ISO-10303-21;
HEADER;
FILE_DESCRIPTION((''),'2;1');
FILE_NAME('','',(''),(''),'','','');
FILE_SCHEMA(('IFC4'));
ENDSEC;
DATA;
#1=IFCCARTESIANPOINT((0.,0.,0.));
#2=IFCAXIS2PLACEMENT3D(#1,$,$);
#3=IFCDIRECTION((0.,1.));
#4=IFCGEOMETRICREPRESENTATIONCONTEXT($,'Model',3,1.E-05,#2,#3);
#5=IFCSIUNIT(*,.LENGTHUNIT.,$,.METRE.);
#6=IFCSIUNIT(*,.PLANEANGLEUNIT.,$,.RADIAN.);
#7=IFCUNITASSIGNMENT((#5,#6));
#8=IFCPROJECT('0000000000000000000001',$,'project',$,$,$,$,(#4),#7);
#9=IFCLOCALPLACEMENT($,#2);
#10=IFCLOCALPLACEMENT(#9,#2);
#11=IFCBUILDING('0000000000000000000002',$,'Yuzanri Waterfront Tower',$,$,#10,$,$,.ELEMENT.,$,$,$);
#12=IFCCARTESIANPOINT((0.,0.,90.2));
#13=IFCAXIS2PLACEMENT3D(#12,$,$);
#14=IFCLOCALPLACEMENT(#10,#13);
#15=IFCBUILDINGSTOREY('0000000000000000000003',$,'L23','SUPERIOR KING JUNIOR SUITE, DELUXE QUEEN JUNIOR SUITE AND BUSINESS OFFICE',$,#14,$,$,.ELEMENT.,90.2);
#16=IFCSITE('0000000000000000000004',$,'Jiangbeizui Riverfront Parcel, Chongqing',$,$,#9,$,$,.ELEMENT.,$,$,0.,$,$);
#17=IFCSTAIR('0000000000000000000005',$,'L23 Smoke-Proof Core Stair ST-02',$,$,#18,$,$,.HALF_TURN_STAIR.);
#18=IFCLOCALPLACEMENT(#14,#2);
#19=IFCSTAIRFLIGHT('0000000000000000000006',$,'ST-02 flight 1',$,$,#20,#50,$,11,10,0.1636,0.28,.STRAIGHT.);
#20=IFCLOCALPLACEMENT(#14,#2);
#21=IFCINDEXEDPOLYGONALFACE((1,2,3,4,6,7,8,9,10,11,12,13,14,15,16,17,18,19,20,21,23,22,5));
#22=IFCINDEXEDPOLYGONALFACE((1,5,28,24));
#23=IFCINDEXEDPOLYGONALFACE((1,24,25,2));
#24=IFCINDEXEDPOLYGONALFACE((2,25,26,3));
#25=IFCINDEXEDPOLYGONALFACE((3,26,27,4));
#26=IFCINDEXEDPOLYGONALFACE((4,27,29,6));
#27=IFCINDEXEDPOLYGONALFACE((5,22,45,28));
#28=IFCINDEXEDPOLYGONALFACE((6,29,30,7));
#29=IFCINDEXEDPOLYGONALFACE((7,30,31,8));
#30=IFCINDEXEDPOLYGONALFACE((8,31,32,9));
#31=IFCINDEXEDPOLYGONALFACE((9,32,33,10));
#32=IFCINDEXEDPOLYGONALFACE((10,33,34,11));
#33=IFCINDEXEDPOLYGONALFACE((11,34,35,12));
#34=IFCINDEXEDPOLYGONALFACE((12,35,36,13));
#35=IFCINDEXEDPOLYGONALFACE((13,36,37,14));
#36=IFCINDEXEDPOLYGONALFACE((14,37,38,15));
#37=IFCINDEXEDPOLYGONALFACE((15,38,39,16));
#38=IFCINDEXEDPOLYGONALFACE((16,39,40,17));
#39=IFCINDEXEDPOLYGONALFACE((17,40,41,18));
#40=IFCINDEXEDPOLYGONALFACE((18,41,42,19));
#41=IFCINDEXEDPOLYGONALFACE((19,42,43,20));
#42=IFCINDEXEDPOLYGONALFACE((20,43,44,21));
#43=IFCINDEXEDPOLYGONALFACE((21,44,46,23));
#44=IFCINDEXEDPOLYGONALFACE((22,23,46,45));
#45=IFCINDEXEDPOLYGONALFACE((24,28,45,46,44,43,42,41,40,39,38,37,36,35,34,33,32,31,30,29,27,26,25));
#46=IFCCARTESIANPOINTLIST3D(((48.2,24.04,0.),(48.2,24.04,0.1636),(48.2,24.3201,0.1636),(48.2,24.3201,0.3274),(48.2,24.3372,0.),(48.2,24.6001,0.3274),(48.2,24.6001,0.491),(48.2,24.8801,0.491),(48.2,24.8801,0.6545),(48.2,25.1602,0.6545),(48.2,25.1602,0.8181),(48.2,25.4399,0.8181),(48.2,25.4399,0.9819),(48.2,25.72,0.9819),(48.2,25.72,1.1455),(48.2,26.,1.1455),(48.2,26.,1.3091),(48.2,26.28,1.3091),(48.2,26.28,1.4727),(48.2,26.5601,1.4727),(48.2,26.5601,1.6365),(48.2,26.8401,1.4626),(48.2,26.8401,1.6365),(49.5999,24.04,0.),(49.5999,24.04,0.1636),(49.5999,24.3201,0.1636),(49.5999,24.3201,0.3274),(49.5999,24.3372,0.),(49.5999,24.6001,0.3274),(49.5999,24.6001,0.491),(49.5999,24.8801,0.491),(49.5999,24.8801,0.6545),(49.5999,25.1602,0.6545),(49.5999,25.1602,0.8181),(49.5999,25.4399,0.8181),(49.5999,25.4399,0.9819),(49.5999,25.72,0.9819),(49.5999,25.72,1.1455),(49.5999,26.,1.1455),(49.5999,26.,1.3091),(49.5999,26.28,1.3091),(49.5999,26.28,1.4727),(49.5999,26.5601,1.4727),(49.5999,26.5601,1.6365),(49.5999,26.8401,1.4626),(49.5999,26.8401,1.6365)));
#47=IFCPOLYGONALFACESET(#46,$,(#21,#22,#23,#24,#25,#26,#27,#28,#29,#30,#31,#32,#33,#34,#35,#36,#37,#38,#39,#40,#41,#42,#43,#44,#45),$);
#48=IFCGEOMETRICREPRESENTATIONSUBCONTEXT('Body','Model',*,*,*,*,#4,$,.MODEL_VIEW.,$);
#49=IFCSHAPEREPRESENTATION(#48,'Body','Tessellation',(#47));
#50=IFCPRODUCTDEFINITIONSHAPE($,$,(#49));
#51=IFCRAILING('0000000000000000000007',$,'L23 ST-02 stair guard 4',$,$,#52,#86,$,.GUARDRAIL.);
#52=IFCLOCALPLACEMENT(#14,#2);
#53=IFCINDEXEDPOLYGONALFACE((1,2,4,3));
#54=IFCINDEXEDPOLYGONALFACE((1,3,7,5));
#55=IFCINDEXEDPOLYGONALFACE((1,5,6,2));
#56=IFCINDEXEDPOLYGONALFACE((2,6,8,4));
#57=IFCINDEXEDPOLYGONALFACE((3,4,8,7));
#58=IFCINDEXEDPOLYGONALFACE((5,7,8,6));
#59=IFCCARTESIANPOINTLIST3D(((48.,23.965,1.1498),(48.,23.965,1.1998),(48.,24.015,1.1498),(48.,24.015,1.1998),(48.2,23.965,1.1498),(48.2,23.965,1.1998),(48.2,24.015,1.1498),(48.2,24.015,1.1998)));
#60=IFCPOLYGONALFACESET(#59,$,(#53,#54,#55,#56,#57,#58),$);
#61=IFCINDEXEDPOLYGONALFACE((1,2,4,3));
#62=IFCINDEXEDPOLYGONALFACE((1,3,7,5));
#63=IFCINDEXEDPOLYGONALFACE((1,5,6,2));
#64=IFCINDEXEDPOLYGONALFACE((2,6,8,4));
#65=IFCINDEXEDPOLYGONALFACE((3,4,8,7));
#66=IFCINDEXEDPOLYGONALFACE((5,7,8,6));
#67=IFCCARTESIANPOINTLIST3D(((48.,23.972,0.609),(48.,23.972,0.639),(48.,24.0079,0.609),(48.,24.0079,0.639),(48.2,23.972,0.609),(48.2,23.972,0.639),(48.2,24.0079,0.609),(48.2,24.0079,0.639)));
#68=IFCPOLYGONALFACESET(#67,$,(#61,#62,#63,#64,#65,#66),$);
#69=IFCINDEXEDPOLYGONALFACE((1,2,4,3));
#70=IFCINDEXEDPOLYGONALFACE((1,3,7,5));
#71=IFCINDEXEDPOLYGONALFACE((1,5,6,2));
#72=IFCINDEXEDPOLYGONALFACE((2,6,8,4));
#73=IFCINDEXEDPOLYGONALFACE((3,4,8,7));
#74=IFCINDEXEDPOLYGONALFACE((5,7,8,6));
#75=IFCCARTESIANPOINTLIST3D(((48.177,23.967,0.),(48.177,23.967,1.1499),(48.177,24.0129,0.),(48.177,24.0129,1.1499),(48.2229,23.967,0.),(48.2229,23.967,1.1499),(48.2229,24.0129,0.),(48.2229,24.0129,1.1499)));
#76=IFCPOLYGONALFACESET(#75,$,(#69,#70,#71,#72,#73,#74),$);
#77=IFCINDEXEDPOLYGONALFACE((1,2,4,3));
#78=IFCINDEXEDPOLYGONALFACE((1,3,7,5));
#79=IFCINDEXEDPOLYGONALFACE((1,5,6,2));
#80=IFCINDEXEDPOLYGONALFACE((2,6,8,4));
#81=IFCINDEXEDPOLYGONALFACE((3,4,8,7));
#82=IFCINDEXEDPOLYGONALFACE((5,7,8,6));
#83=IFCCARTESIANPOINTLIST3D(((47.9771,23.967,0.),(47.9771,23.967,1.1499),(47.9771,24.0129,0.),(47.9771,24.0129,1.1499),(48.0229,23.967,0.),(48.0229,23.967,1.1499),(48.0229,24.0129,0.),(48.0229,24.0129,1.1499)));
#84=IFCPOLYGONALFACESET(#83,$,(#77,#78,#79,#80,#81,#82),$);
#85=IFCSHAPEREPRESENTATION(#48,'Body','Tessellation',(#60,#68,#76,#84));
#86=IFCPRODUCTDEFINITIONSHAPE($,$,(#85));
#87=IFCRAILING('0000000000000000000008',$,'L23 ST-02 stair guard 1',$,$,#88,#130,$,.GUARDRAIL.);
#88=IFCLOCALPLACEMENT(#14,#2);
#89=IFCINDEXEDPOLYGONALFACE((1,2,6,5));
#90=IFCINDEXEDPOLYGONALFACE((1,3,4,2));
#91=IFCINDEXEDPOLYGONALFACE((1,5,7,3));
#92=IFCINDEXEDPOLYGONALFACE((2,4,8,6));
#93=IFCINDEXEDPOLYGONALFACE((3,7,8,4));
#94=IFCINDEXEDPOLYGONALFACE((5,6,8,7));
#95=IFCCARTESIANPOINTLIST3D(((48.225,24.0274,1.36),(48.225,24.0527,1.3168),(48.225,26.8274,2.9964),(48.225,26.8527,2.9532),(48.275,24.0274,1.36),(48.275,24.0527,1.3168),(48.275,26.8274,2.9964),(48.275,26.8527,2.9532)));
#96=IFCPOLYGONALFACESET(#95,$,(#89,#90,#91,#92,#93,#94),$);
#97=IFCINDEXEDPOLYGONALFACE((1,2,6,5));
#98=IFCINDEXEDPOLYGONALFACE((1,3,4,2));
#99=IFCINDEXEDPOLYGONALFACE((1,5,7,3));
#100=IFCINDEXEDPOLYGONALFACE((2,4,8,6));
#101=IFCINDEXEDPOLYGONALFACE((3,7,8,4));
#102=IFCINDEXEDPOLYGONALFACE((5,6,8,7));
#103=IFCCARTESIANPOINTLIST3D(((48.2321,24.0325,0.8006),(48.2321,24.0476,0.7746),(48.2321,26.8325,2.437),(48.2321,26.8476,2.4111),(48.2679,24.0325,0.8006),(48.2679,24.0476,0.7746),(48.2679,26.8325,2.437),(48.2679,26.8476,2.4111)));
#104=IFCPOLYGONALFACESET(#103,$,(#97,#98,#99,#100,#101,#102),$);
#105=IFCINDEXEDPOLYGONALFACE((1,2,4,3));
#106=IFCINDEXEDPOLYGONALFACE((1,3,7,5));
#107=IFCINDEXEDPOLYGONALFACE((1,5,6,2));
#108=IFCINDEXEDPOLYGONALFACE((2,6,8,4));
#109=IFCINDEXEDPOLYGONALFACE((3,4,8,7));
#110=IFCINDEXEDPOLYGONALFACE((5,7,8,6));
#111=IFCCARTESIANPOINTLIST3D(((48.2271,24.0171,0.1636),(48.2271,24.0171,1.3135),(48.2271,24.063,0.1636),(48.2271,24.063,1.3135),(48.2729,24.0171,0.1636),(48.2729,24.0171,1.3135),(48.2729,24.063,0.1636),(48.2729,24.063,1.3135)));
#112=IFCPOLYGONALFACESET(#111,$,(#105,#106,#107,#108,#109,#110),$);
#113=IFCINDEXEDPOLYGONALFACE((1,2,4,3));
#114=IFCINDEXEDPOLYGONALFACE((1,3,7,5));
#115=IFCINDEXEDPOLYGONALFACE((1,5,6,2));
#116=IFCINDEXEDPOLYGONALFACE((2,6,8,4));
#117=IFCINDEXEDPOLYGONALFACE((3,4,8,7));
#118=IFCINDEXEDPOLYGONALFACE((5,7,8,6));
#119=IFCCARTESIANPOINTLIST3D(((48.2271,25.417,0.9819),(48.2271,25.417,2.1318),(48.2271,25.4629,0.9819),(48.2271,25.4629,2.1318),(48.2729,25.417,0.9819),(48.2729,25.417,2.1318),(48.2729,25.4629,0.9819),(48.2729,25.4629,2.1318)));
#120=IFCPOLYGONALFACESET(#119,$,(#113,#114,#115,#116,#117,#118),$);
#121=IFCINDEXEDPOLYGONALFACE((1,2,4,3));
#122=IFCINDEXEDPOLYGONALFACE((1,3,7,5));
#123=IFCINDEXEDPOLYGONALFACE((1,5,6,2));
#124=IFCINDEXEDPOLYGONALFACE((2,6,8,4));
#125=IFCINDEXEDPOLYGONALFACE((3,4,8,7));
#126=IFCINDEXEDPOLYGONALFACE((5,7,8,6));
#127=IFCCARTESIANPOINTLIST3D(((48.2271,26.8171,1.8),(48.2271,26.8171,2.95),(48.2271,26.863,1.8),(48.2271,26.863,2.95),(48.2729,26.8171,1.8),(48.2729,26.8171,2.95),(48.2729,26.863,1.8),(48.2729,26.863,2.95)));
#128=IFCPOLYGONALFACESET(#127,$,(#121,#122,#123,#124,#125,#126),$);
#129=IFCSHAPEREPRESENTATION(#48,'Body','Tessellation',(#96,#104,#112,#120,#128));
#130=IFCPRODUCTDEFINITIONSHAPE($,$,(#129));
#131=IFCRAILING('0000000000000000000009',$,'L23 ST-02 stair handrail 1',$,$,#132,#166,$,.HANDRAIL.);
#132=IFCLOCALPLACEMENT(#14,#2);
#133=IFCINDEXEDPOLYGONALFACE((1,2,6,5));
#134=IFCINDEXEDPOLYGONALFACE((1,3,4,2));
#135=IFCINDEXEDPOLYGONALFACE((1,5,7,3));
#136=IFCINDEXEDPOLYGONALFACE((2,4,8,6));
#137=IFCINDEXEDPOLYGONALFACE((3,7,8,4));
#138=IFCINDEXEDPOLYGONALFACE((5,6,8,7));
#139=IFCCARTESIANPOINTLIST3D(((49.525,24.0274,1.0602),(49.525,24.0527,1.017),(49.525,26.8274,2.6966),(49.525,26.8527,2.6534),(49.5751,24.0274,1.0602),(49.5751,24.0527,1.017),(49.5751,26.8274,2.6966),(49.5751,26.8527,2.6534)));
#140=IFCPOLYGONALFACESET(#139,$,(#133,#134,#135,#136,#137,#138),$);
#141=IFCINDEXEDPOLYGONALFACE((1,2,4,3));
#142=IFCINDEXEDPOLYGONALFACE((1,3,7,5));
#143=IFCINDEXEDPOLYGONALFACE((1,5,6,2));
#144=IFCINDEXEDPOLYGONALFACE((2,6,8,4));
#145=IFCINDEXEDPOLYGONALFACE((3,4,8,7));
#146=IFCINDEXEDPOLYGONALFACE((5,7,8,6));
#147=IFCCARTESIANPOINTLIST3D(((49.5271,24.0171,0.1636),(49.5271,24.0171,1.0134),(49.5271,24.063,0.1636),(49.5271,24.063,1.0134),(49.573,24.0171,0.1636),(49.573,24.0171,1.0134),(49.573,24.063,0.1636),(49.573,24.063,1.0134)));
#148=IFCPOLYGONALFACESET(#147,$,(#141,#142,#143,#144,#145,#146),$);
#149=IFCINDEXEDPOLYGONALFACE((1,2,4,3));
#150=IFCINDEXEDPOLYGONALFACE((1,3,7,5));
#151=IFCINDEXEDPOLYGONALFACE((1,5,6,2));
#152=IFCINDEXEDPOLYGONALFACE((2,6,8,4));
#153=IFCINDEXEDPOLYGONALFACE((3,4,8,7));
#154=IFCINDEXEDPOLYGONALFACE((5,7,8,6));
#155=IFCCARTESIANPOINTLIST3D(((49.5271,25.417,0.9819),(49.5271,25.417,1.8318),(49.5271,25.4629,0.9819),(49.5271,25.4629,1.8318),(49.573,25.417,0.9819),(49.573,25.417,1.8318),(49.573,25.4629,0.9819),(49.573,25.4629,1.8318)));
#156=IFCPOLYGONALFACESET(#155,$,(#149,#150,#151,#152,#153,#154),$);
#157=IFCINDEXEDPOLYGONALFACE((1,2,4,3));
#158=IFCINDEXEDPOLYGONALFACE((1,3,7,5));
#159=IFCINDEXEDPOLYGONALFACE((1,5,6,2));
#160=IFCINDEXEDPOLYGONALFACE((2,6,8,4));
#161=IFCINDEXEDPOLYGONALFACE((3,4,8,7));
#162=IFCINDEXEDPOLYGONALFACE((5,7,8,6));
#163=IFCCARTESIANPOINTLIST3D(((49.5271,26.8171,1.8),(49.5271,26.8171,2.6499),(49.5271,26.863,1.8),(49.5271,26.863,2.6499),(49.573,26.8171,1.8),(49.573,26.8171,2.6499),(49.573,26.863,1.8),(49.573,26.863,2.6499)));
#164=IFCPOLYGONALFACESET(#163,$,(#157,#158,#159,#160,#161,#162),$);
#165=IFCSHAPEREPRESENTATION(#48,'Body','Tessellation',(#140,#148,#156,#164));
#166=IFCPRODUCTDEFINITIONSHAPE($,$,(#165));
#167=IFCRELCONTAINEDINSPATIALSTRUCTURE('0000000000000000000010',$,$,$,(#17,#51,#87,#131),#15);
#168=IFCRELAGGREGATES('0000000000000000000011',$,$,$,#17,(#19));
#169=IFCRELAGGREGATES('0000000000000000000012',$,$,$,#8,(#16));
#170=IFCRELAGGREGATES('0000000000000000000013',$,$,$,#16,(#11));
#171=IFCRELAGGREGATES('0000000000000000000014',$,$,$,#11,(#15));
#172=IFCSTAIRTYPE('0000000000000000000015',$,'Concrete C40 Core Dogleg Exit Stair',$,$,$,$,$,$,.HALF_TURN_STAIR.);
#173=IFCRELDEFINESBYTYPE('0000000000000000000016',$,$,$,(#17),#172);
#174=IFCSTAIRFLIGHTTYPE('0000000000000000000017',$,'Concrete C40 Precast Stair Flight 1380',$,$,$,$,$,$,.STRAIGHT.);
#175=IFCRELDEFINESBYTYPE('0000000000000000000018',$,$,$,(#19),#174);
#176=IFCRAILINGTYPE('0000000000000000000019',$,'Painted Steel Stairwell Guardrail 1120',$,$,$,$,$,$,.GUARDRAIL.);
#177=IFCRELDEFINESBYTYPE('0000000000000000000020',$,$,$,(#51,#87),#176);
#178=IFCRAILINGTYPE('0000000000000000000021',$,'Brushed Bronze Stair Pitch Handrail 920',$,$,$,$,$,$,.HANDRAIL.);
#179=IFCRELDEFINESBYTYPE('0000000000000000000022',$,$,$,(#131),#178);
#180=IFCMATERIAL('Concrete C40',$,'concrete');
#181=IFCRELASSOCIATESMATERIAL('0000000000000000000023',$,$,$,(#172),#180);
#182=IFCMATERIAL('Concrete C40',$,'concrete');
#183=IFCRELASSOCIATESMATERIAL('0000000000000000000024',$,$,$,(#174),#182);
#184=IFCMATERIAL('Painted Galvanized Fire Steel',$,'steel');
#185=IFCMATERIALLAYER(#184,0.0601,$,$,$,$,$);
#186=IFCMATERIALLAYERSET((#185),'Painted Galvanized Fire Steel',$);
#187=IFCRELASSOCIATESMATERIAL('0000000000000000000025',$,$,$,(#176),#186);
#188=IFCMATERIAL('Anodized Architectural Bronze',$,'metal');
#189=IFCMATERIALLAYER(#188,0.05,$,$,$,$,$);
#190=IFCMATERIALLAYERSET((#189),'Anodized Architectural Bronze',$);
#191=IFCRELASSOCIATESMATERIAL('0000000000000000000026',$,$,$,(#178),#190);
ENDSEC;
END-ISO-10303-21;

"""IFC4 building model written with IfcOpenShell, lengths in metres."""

from ifc_helpers import new_model, si_unit, direction, frame, origin, origin_2d, place, context, subcontext, project, spatial, polyline, rectangle, outline, extrude, source, transform, mapped, material, layer, layer_set, type_object, element, aggregate, save


model = new_model("IFC4")

# Units and contexts
model_context = context("Model", 3, precision=1e-05, world=origin(), true_north=direction((0.0, 1.0)))
body_context = subcontext(model_context, "Body", "Model", "MODEL_VIEW")
ifc_project = project(units=[si_unit("LENGTHUNIT", "METRE"), si_unit("PLANEANGLEUNIT", "RADIAN")], contexts=[model_context])

# Site, building, storey
site_placement = place(None, origin())
site = spatial("IfcSite", under=ifc_project, at=site_placement, Name="Jiangbeizui Riverfront Parcel, Chongqing", CompositionType="ELEMENT", RefElevation=0.0)
building_placement = place(site_placement, origin())
building = spatial("IfcBuilding", under=site, at=building_placement, Name="Yuzanri Waterfront Tower", CompositionType="ELEMENT")
storey_placement = place(building_placement, frame((0.0, 0.0, 90.2)))
storey = spatial("IfcBuildingStorey", under=building, at=storey_placement, Name="L23", Description="SUPERIOR KING JUNIOR SUITE, DELUXE QUEEN JUNIOR SUITE AND BUSINESS OFFICE", CompositionType="ELEMENT", Elevation=90.2)

# Stair, stair flight
ifc_material_1 = material(Name="Concrete C40", Category="concrete")
stair_type = type_object("IfcStairType", Name="Concrete C40 Core Dogleg Exit Stair", PredefinedType="HALF_TURN_STAIR", material=ifc_material_1)
stair_placement = place(storey_placement, origin())
stair = element("IfcStair", 1, at=stair_placement, inside=storey, type_object=stair_type, Name="L23 Smoke-Proof Core Stair ST-02", PredefinedType="HALF_TURN_STAIR")
ifc_material_2 = material(Name="Concrete C40", Category="concrete")
stair_flight_type = type_object("IfcStairFlightType", Name="Concrete C40 Precast Stair Flight 1380", PredefinedType="STRAIGHT", material=ifc_material_2)
shared_shape_1 = source(origin(), body_context, "Body", "SweptSolid", [
    extrude(outline(polyline([(0.0, 0.0), (0.0, 0.1636), (0.28, 0.1636), (0.28, 0.3274), (0.5601, 0.3274), (0.5601, 0.491), (0.8401, 0.491), (0.8401, 0.6545), (1.1201, 0.6545), (1.1201, 0.8181), (1.3999, 0.8181), (1.3999, 0.9819), (1.6799, 0.9819), (1.6799, 1.1455), (1.96, 1.1455), (1.96, 1.3091), (2.24, 1.3091), (2.24, 1.4727), (2.52, 1.4727), (2.52, 1.6365), (2.8, 1.6365), (2.8, 1.8), (2.8, 1.4626), (0.2971, 0.0), (0.0, 0.0)])), frame((0.0, 0.7, 0.0), z_axis=(0.0, -1.0, 0.0), x_axis=(1.0, 0.0, 0.0)), (0.0, 0.0, 1.0), 1.3999),
])
stair_flight_placement = place(storey_placement, frame((48.8999, 24.04, 0.0), z_axis=(0.0, 0.0, 1.0), x_axis=(0.0, 1.0, 0.0)))
stair_flight = element("IfcStairFlight", 2, at=stair_flight_placement, type_object=stair_flight_type, Name="ST-02 flight 1", NumberOfRisers=11, NumberOfTreads=10, PredefinedType="STRAIGHT", RiserHeight=0.1636, TreadLength=0.28, context=body_context, shape_type="MappedRepresentation", body=[
    mapped(shared_shape_1, transform((0.0, 0.0, 0.0), scale=1.0)),
])
aggregate(stair, [stair_flight])

# Railings
ifc_material_3 = material(Name="Painted Galvanized Fire Steel", Category="steel")
ifc_layer_1 = layer(ifc_material_3, 0.0601)
ifc_layer_set_1 = layer_set([ifc_layer_1], Name="Painted Galvanized Fire Steel")
railing_type_1 = type_object("IfcRailingType", Name="Painted Steel Stairwell Guardrail 1120", PredefinedType="GUARDRAIL", material=ifc_layer_set_1)
shared_shape_2 = source(origin(), body_context, "Body", "SweptSolid", [
    extrude(rectangle(XDim=0.05, YDim=0.05, at=origin_2d()), frame((0.0, 0.0, 1.1748), z_axis=(-1.0, 0.0, 0.0), x_axis=(0.0, -1.0, 0.0)), (0.0, 0.0, 1.0), 0.2),
    extrude(rectangle(XDim=0.0359, YDim=0.03, at=origin_2d()), frame((0.0, 0.0, 0.624), z_axis=(-1.0, 0.0, 0.0), x_axis=(0.0, -1.0, 0.0)), (0.0, 0.0, 1.0), 0.2),
    extrude(rectangle(XDim=0.0459, YDim=0.0459, at=origin_2d()), origin(), (0.0, 0.0, 1.0), 1.1499),
    extrude(rectangle(XDim=0.0459, YDim=0.0459, at=origin_2d()), frame((-0.2, 0.0, 0.0)), (0.0, 0.0, 1.0), 1.1499),
])
railing_1_placement = place(storey_placement, frame((48.2, 23.99, 0.0)))
element("IfcRailing", 3, at=railing_1_placement, inside=storey, type_object=railing_type_1, Name="L23 ST-02 stair guard 4", PredefinedType="GUARDRAIL", context=body_context, shape_type="MappedRepresentation", body=[
    mapped(shared_shape_2, transform((0.0, 0.0, 0.0), scale=1.0)),
])
shared_shape_3 = source(origin(), body_context, "Body", "SweptSolid", [
    extrude(rectangle(XDim=0.05, YDim=0.05, at=origin_2d()), frame((0.0, 0.0, 1.1748), z_axis=(0.0, 0.863361, 0.504587), x_axis=(-1.0, 0.0, 0.0)), (0.0, 0.0, 1.0), 3.2432),
    extrude(rectangle(XDim=0.0359, YDim=0.03, at=origin_2d()), frame((0.0, 0.0, 0.624), z_axis=(0.0, 0.863361, 0.504587), x_axis=(-1.0, 0.0, 0.0)), (0.0, 0.0, 1.0), 3.2432),
    extrude(rectangle(XDim=0.0459, YDim=0.0459, at=origin_2d()), origin(), (0.0, 0.0, 1.0), 1.1499),
    extrude(rectangle(XDim=0.0459, YDim=0.0459, at=origin_2d()), frame((0.0, 1.3999, 0.8184)), (0.0, 0.0, 1.0), 1.1499),
    extrude(rectangle(XDim=0.0459, YDim=0.0459, at=origin_2d()), frame((0.0, 2.8, 1.6365)), (0.0, 0.0, 1.0), 1.1499),
])
railing_2_placement = place(storey_placement, frame((48.25, 24.04, 0.1636)))
element("IfcRailing", 4, at=railing_2_placement, inside=storey, type_object=railing_type_1, Name="L23 ST-02 stair guard 1", PredefinedType="GUARDRAIL", context=body_context, shape_type="MappedRepresentation", body=[
    mapped(shared_shape_3, transform((0.0, 0.0, 0.0), scale=1.0)),
])
ifc_material_4 = material(Name="Anodized Architectural Bronze", Category="metal")
ifc_layer_2 = layer(ifc_material_4, 0.05)
ifc_layer_set_2 = layer_set([ifc_layer_2], Name="Anodized Architectural Bronze")
railing_type_2 = type_object("IfcRailingType", Name="Brushed Bronze Stair Pitch Handrail 920", PredefinedType="HANDRAIL", material=ifc_layer_set_2)
shared_shape_4 = source(origin(), body_context, "Body", "SweptSolid", [
    extrude(rectangle(XDim=0.05, YDim=0.05, at=origin_2d()), frame((0.0, 0.0, 0.875), z_axis=(0.0, 0.863361, 0.504587), x_axis=(-1.0, 0.0, 0.0)), (0.0, 0.0, 1.0), 3.2432),
    extrude(rectangle(XDim=0.0459, YDim=0.0459, at=origin_2d()), origin(), (0.0, 0.0, 1.0), 0.8499),
    extrude(rectangle(XDim=0.0459, YDim=0.0459, at=origin_2d()), frame((0.0, 1.3999, 0.8184)), (0.0, 0.0, 1.0), 0.8499),
    extrude(rectangle(XDim=0.0459, YDim=0.0459, at=origin_2d()), frame((0.0, 2.8, 1.6365)), (0.0, 0.0, 1.0), 0.8499),
])
railing_3_placement = place(storey_placement, frame((49.55, 24.04, 0.1636)))
element("IfcRailing", 5, at=railing_3_placement, inside=storey, type_object=railing_type_2, Name="L23 ST-02 stair handrail 1", PredefinedType="HANDRAIL", context=body_context, shape_type="MappedRepresentation", body=[
    mapped(shared_shape_4, transform((0.0, 0.0, 0.0), scale=1.0)),
])

save(model, "model.ifc")
